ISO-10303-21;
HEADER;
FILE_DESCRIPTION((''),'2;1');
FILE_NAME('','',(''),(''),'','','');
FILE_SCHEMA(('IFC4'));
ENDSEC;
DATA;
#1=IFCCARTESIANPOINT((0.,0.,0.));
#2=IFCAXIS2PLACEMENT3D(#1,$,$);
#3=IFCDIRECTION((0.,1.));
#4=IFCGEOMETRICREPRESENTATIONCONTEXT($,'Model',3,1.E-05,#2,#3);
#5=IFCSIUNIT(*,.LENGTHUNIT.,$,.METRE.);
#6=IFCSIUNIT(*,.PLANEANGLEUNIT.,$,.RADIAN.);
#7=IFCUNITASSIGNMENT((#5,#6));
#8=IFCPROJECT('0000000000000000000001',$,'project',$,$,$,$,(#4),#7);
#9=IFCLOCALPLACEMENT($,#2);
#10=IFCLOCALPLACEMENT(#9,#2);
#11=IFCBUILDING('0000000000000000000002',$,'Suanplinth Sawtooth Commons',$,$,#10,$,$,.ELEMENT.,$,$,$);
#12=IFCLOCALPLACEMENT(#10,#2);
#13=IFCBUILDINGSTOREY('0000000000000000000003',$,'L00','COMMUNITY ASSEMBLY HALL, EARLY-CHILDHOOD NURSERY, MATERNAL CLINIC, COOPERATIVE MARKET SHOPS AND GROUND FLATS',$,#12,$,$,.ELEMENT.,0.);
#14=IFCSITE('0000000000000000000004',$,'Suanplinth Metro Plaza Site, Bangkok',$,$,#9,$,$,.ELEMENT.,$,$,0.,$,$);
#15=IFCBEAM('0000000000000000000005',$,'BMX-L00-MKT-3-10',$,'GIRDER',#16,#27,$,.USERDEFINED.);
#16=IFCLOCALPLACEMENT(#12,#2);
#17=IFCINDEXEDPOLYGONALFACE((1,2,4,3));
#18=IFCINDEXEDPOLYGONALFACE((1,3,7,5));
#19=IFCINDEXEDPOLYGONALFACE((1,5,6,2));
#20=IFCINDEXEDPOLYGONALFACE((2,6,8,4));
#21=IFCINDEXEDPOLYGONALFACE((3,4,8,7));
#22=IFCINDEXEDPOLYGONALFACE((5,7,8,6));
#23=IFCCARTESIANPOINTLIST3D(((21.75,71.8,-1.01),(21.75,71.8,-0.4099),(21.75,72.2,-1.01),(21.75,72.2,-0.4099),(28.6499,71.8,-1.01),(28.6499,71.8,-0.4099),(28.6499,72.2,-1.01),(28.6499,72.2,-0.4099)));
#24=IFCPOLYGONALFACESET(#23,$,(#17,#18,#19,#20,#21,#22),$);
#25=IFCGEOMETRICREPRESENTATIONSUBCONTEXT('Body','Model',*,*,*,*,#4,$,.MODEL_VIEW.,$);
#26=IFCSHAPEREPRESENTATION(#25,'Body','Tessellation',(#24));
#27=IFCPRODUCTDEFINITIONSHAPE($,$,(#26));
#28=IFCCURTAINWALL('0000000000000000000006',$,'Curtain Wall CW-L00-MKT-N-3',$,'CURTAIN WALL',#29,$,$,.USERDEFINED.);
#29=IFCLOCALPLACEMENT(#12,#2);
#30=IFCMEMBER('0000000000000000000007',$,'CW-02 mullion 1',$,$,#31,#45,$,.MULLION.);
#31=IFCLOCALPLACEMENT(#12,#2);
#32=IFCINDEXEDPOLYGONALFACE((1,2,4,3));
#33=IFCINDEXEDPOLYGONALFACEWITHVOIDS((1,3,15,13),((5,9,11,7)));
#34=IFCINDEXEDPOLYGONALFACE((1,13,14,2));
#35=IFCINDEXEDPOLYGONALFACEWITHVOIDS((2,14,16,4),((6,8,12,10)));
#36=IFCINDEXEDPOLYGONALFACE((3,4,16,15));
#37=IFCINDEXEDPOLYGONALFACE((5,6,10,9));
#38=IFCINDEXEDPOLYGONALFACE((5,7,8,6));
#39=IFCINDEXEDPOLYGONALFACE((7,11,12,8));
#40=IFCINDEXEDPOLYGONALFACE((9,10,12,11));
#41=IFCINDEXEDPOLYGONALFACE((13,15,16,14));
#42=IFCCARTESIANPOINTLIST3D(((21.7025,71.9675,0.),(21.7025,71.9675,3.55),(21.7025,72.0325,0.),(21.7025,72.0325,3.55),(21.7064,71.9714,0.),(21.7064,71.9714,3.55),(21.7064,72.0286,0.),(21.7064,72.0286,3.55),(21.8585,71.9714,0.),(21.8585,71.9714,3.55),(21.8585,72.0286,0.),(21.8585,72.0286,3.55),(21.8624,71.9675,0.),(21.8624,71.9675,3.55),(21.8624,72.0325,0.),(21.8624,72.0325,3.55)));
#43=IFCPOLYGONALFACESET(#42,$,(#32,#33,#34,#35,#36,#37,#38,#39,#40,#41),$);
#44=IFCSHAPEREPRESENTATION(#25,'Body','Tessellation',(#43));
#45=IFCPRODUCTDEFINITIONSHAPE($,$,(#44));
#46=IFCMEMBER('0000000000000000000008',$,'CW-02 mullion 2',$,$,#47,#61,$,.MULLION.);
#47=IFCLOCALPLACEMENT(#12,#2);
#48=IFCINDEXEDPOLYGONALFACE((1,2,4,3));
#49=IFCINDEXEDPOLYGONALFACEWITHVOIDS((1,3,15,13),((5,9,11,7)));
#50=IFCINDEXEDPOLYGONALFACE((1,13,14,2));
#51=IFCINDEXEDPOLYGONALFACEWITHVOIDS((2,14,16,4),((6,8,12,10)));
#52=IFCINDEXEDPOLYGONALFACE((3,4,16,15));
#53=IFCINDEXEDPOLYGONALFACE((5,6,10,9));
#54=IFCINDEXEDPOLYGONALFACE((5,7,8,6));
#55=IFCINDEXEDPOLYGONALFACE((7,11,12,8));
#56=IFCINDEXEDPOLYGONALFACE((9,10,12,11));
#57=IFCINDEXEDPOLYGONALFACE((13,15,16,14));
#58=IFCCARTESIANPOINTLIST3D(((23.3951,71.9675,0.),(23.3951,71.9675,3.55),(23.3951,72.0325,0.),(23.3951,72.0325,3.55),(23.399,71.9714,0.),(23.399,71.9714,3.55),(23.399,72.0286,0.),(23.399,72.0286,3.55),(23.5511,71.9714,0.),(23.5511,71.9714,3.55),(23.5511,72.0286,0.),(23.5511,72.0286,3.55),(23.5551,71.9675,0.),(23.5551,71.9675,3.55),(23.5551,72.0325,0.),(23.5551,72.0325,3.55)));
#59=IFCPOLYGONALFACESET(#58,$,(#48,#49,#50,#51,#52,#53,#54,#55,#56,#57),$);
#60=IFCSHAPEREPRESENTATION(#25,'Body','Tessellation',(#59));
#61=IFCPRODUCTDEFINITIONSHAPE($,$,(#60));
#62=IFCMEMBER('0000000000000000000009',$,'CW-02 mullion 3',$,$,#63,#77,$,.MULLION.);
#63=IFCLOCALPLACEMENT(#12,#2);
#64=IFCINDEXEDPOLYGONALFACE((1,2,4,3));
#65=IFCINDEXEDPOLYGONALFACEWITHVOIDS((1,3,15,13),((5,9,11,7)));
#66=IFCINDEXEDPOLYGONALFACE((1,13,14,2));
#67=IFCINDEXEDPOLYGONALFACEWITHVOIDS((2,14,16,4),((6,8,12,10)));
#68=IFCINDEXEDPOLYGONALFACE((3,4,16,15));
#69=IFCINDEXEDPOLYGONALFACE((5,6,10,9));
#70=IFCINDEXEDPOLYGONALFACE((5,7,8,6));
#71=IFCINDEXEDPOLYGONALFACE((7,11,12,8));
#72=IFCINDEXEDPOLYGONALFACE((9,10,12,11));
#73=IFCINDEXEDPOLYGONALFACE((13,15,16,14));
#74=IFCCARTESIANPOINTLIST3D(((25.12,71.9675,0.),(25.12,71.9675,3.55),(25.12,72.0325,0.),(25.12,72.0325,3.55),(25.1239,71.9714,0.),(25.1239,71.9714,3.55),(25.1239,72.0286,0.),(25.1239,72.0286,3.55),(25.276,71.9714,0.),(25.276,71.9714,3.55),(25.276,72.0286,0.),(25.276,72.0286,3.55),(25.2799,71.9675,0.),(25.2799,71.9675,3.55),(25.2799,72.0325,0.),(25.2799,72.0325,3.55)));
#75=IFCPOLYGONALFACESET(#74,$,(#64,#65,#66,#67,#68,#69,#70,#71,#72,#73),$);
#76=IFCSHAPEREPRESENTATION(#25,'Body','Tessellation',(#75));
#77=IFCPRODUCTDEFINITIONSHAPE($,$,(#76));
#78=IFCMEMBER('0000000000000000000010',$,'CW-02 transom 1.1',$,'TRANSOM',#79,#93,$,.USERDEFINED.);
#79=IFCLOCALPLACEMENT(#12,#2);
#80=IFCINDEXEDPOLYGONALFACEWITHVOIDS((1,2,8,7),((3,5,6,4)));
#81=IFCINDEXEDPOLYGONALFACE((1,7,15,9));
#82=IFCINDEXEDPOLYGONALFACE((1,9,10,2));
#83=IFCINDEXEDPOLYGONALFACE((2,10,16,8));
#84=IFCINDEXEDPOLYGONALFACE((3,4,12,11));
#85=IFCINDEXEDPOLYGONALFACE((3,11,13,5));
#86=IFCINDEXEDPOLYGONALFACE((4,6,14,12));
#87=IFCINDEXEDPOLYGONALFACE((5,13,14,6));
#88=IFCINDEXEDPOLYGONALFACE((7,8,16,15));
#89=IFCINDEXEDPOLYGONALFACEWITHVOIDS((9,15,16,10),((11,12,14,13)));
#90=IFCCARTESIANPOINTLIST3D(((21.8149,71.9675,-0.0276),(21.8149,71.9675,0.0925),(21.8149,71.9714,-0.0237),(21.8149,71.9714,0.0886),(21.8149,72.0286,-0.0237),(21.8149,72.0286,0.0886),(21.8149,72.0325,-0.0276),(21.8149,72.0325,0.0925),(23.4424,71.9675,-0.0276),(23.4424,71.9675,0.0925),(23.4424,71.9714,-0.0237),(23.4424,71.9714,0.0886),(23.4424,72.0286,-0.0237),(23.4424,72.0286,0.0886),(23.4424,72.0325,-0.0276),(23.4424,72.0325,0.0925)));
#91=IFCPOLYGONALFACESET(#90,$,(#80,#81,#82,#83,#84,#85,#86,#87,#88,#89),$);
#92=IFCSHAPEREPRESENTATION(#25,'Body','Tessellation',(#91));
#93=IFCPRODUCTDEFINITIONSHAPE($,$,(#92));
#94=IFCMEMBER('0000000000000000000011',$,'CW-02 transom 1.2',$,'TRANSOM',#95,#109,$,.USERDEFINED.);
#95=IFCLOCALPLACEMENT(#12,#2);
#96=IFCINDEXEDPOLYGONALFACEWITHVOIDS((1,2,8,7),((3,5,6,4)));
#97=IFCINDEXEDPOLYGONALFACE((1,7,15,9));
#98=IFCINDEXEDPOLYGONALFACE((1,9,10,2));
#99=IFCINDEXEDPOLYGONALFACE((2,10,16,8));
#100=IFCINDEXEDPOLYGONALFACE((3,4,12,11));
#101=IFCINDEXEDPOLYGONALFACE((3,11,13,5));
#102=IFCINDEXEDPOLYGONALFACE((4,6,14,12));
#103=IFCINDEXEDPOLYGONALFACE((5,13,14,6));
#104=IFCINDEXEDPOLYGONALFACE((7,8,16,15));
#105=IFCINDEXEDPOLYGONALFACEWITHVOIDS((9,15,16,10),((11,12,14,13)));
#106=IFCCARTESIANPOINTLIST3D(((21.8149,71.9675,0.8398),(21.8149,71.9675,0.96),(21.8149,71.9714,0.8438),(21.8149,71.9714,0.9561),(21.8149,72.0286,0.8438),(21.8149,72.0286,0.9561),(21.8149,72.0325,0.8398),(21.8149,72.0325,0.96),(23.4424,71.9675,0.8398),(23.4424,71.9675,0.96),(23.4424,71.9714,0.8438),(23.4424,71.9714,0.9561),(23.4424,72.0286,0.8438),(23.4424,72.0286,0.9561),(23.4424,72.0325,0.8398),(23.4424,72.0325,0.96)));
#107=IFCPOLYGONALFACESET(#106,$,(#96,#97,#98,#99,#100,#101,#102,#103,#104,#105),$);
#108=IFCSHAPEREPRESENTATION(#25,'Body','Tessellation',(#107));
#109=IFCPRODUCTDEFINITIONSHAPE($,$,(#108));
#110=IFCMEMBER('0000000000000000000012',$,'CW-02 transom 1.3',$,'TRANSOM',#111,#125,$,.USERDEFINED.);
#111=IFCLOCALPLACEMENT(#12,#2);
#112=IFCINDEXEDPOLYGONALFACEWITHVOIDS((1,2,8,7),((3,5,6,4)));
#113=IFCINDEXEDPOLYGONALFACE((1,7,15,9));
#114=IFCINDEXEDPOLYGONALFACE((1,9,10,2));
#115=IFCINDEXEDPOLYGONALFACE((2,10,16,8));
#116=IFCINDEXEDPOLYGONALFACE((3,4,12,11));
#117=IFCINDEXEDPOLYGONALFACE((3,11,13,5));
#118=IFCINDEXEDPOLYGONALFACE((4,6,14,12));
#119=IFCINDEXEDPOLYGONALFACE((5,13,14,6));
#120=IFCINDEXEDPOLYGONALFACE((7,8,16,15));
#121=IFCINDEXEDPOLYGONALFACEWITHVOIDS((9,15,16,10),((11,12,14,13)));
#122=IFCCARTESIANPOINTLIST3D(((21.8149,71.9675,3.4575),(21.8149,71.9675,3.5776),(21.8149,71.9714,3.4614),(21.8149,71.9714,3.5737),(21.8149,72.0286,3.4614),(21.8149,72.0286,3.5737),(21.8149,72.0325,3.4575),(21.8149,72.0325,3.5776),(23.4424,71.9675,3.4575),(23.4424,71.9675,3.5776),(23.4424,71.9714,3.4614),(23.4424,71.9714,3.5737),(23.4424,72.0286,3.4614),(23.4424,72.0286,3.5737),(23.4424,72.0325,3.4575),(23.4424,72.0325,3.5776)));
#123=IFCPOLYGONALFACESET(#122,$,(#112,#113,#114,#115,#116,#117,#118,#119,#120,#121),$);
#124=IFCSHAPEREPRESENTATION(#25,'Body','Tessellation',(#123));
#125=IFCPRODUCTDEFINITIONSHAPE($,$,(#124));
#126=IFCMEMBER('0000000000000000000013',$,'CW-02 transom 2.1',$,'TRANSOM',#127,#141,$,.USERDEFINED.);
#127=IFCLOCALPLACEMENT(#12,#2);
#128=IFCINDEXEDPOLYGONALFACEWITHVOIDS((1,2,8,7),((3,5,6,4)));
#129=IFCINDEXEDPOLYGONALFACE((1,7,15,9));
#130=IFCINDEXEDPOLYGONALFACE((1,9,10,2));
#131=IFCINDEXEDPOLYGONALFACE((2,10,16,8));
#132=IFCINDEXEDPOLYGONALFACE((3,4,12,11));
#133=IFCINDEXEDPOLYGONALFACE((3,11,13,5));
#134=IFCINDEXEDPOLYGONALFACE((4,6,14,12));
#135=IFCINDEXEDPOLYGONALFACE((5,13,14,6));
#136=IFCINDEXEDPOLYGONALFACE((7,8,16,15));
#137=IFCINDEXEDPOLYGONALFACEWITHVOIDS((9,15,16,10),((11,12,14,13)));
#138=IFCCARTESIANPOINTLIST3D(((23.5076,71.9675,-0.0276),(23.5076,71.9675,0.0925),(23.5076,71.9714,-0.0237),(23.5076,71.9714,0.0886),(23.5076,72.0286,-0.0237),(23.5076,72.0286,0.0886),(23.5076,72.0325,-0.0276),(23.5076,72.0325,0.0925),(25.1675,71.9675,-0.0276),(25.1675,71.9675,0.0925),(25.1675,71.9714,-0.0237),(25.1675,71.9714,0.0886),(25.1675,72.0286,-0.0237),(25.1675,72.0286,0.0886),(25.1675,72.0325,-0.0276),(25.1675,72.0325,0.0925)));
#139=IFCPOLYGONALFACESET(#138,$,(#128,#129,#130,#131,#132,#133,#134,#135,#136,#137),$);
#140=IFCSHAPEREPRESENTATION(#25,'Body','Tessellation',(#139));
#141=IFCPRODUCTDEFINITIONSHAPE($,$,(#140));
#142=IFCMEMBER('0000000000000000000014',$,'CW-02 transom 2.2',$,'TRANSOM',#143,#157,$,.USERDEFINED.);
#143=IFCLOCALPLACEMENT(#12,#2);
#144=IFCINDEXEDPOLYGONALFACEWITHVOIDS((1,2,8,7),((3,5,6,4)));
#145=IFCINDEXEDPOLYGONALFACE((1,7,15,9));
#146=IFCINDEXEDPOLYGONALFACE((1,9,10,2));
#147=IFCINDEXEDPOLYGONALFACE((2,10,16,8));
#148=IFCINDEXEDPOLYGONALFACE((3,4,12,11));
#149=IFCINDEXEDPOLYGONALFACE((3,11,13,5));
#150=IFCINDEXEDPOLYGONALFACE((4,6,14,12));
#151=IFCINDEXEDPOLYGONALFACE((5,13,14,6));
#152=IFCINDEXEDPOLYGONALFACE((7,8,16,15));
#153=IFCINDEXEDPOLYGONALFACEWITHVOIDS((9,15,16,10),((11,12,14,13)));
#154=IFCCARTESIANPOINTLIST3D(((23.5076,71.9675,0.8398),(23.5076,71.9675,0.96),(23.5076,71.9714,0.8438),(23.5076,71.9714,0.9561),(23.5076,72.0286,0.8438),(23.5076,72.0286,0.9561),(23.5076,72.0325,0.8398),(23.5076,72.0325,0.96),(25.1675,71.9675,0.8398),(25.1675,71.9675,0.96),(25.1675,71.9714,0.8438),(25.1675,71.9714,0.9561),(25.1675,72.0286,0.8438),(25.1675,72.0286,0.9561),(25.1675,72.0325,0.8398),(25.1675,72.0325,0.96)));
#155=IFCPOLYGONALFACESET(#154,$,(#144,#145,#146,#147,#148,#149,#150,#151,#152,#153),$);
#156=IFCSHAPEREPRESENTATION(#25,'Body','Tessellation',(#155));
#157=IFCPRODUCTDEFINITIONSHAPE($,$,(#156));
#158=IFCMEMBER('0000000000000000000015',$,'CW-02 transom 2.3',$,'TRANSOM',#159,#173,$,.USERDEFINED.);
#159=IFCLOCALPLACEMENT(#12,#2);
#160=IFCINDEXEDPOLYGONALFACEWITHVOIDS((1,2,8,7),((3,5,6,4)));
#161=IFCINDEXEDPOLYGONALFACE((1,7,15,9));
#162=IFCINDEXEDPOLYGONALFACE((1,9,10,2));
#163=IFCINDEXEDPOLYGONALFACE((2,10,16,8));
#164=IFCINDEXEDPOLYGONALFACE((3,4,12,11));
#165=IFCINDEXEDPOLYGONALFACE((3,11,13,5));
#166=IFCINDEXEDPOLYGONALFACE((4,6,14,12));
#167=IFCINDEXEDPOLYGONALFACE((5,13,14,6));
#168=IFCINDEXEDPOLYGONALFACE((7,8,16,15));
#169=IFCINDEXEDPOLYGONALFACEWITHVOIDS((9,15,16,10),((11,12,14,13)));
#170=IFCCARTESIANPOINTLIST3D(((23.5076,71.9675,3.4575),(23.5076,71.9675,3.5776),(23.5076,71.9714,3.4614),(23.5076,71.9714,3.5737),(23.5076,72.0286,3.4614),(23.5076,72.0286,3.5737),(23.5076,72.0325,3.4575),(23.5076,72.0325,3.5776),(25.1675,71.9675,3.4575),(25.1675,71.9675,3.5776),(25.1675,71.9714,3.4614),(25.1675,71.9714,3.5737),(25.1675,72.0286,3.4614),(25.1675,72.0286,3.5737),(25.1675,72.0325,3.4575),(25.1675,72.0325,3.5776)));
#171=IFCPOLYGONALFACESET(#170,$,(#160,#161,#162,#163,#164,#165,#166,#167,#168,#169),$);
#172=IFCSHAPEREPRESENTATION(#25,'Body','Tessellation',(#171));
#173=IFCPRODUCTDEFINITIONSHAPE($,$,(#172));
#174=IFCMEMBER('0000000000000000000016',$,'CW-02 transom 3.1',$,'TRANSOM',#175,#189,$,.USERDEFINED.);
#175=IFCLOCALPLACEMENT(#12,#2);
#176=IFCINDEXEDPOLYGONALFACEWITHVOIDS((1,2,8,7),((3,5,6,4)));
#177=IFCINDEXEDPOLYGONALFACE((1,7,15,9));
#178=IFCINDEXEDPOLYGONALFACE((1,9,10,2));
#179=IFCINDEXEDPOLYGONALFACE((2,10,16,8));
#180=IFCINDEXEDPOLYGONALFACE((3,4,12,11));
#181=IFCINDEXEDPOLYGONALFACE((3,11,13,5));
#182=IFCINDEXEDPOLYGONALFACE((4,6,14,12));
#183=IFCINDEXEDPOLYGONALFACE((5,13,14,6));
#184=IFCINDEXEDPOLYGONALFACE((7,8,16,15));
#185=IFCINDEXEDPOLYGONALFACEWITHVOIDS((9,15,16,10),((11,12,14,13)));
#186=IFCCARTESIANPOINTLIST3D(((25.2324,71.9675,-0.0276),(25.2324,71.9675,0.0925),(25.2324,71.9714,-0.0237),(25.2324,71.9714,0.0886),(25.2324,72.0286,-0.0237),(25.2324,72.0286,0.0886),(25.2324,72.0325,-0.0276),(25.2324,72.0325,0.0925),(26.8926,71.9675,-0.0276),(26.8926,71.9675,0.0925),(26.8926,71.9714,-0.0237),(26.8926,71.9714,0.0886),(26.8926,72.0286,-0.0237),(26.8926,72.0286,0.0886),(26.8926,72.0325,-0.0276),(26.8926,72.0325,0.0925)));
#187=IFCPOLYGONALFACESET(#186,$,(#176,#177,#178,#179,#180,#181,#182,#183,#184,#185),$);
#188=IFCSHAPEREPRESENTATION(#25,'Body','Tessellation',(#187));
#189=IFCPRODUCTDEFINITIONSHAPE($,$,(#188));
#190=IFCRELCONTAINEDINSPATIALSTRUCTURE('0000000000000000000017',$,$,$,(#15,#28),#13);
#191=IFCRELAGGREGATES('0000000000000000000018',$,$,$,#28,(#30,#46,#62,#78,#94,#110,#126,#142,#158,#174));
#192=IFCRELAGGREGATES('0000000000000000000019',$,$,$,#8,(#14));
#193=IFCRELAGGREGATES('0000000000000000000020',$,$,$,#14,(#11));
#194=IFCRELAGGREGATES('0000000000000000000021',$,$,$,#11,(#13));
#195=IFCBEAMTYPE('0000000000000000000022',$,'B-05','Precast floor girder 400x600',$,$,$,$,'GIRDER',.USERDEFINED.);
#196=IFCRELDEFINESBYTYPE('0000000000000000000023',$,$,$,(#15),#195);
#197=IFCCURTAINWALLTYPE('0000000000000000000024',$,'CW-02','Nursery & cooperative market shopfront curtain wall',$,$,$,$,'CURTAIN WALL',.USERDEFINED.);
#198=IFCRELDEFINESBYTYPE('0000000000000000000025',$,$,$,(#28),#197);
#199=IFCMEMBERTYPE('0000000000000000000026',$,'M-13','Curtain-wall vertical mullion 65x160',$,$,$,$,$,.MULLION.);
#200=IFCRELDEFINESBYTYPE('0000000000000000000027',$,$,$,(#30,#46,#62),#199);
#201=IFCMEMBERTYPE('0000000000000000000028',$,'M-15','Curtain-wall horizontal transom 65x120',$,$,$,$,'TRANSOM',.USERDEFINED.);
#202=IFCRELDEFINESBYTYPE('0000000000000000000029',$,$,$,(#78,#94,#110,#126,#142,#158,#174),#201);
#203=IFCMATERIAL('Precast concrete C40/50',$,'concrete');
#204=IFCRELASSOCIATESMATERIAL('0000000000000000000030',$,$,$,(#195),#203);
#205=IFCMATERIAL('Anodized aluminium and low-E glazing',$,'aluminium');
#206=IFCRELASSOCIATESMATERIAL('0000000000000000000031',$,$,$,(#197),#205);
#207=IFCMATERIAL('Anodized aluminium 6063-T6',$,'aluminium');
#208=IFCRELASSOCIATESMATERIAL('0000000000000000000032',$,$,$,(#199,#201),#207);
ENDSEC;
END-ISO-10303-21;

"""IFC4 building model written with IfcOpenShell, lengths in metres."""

from ifc_helpers import new_model, si_unit, direction, frame, origin, origin_2d, place, context, subcontext, project, spatial, rectangle, hollow_rectangle, extrude, material, material_profile, profile_set, type_object, element, aggregate, save


model = new_model("IFC4")

# Units and contexts
model_context = context("Model", 3, precision=1e-05, world=origin(), true_north=direction((0.0, 1.0)))
body_context = subcontext(model_context, "Body", "Model", "MODEL_VIEW")
ifc_project = project(units=[si_unit("LENGTHUNIT", "METRE"), si_unit("PLANEANGLEUNIT", "RADIAN")], contexts=[model_context])

# Site, building, storey
site_placement = place(None, origin())
site = spatial("IfcSite", under=ifc_project, at=site_placement, Name="Suanplinth Metro Plaza Site, Bangkok", CompositionType="ELEMENT", RefElevation=0.0)
building_placement = place(site_placement, origin())
building = spatial("IfcBuilding", under=site, at=building_placement, Name="Suanplinth Sawtooth Commons", CompositionType="ELEMENT")
storey_placement = place(building_placement, origin())
storey = spatial("IfcBuildingStorey", under=building, at=storey_placement, Name="L00", Description="COMMUNITY ASSEMBLY HALL, EARLY-CHILDHOOD NURSERY, MATERNAL CLINIC, COOPERATIVE MARKET SHOPS AND GROUND FLATS", CompositionType="ELEMENT", Elevation=0.0)

# Beam
ifc_material_1 = material(Name="Precast concrete C40/50", Category="concrete")
ifc_material_profile_1 = material_profile(ifc_material_1, rectangle(XDim=0.3999, YDim=0.6001, at=origin_2d()), Name="PC-GDR 400x600")
ifc_profile_set_1 = profile_set([ifc_material_profile_1], Name="Precast concrete C40/50")
beam_type = type_object("IfcBeamType", Name="B-05", Description="Precast floor girder 400x600", ElementType="GIRDER", PredefinedType="USERDEFINED", material=ifc_profile_set_1)
beam_placement = place(storey_placement, frame((21.75, 72.0, -0.71), z_axis=(1.0, 0.0, 0.0), x_axis=(0.0, 1.0, 0.0)))
element("IfcBeam", 1, at=beam_placement, inside=storey, type_object=beam_type, Name="BMX-L00-MKT-3-10", ObjectType="GIRDER", PredefinedType="USERDEFINED", context=body_context, shape_type="SweptSolid", body=[
    extrude(rectangle(XDim=0.3999, YDim=0.6001, at=origin_2d()), origin(), (0.0, 0.0, 1.0), 6.8999),
])

# Curtain wall, members
ifc_material_2 = material(Name="Anodized aluminium and low-E glazing", Category="aluminium")
curtain_wall_type = type_object("IfcCurtainWallType", Name="CW-02", Description="Nursery & cooperative market shopfront curtain wall", ElementType="CURTAIN WALL", PredefinedType="USERDEFINED", material=ifc_material_2)
curtain_wall_placement = place(storey_placement, origin())
curtain_wall = element("IfcCurtainWall", 2, at=curtain_wall_placement, inside=storey, type_object=curtain_wall_type, Name="Curtain Wall CW-L00-MKT-N-3", ObjectType="CURTAIN WALL", PredefinedType="USERDEFINED")
ifc_material_3 = material(Name="Anodized aluminium 6063-T6", Category="aluminium")
ifc_material_profile_2 = material_profile(ifc_material_3, hollow_rectangle(XDim=0.0649, YDim=0.1599, WallThickness=0.0039, at=origin_2d()), Name="ALU-MUL 65x160")
ifc_profile_set_2 = profile_set([ifc_material_profile_2], Name="Anodized aluminium 6063-T6")
member_type_1 = type_object("IfcMemberType", Name="M-13", Description="Curtain-wall vertical mullion 65x160", PredefinedType="MULLION", material=ifc_profile_set_2)
member_1_placement = place(storey_placement, frame((21.7825, 72.0, 0.0), z_axis=(0.0, 0.0, 1.0), x_axis=(0.0, 1.0, 0.0)))
member_1 = element("IfcMember", 3, at=member_1_placement, type_object=member_type_1, Name="CW-02 mullion 1", PredefinedType="MULLION", context=body_context, shape_type="SweptSolid", body=[
    extrude(hollow_rectangle(XDim=0.0649, YDim=0.1599, WallThickness=0.0039, at=origin_2d()), origin(), (0.0, 0.0, 1.0), 3.55),
])
member_2_placement = place(storey_placement, frame((23.4751, 72.0, 0.0), z_axis=(0.0, 0.0, 1.0), x_axis=(0.0, 1.0, 0.0)))
member_2 = element("IfcMember", 4, at=member_2_placement, type_object=member_type_1, Name="CW-02 mullion 2", PredefinedType="MULLION", context=body_context, shape_type="SweptSolid", body=[
    extrude(hollow_rectangle(XDim=0.0649, YDim=0.1599, WallThickness=0.0039, at=origin_2d()), origin(), (0.0, 0.0, 1.0), 3.55),
])
member_3_placement = place(storey_placement, frame((25.2, 72.0, 0.0), z_axis=(0.0, 0.0, 1.0), x_axis=(0.0, 1.0, 0.0)))
member_3 = element("IfcMember", 5, at=member_3_placement, type_object=member_type_1, Name="CW-02 mullion 3", PredefinedType="MULLION", context=body_context, shape_type="SweptSolid", body=[
    extrude(hollow_rectangle(XDim=0.0649, YDim=0.1599, WallThickness=0.0039, at=origin_2d()), origin(), (0.0, 0.0, 1.0), 3.55),
])
ifc_material_profile_3 = material_profile(ifc_material_3, hollow_rectangle(XDim=0.0649, YDim=0.1201, WallThickness=0.0039, at=origin_2d()), Name="ALU-TRN 65x120")
ifc_profile_set_3 = profile_set([ifc_material_profile_3], Name="Anodized aluminium 6063-T6")
member_type_2 = type_object("IfcMemberType", Name="M-15", Description="Curtain-wall horizontal transom 65x120", ElementType="TRANSOM", PredefinedType="USERDEFINED", material=ifc_profile_set_3)
member_4_placement = place(storey_placement, frame((21.8149, 72.0, 0.0325), z_axis=(1.0, 0.0, 0.0), x_axis=(0.0, 1.0, 0.0)))
member_4 = element("IfcMember", 6, at=member_4_placement, type_object=member_type_2, Name="CW-02 transom 1.1", ObjectType="TRANSOM", PredefinedType="USERDEFINED", context=body_context, shape_type="SweptSolid", body=[
    extrude(hollow_rectangle(XDim=0.0649, YDim=0.1201, WallThickness=0.0039, at=origin_2d()), origin(), (0.0, 0.0, 1.0), 1.6274),
])
member_5_placement = place(storey_placement, frame((21.8149, 72.0, 0.8999), z_axis=(1.0, 0.0, 0.0), x_axis=(0.0, 1.0, 0.0)))
member_5 = element("IfcMember", 7, at=member_5_placement, type_object=member_type_2, Name="CW-02 transom 1.2", ObjectType="TRANSOM", PredefinedType="USERDEFINED", context=body_context, shape_type="SweptSolid", body=[
    extrude(hollow_rectangle(XDim=0.0649, YDim=0.1201, WallThickness=0.0039, at=origin_2d()), origin(), (0.0, 0.0, 1.0), 1.6274),
])
member_6_placement = place(storey_placement, frame((21.8149, 72.0, 3.5176), z_axis=(1.0, 0.0, 0.0), x_axis=(0.0, 1.0, 0.0)))
member_6 = element("IfcMember", 8, at=member_6_placement, type_object=member_type_2, Name="CW-02 transom 1.3", ObjectType="TRANSOM", PredefinedType="USERDEFINED", context=body_context, shape_type="SweptSolid", body=[
    extrude(hollow_rectangle(XDim=0.0649, YDim=0.1201, WallThickness=0.0039, at=origin_2d()), origin(), (0.0, 0.0, 1.0), 1.6274),
])
member_7_placement = place(storey_placement, frame((23.5076, 72.0, 0.0325), z_axis=(1.0, 0.0, 0.0), x_axis=(0.0, 1.0, 0.0)))
member_7 = element("IfcMember", 9, at=member_7_placement, type_object=member_type_2, Name="CW-02 transom 2.1", ObjectType="TRANSOM", PredefinedType="USERDEFINED", context=body_context, shape_type="SweptSolid", body=[
    extrude(hollow_rectangle(XDim=0.0649, YDim=0.1201, WallThickness=0.0039, at=origin_2d()), origin(), (0.0, 0.0, 1.0), 1.6599),
])
member_8_placement = place(storey_placement, frame((23.5076, 72.0, 0.8999), z_axis=(1.0, 0.0, 0.0), x_axis=(0.0, 1.0, 0.0)))
member_8 = element("IfcMember", 10, at=member_8_placement, type_object=member_type_2, Name="CW-02 transom 2.2", ObjectType="TRANSOM", PredefinedType="USERDEFINED", context=body_context, shape_type="SweptSolid", body=[
    extrude(hollow_rectangle(XDim=0.0649, YDim=0.1201, WallThickness=0.0039, at=origin_2d()), origin(), (0.0, 0.0, 1.0), 1.6599),
])
member_9_placement = place(storey_placement, frame((23.5076, 72.0, 3.5176), z_axis=(1.0, 0.0, 0.0), x_axis=(0.0, 1.0, 0.0)))
member_9 = element("IfcMember", 11, at=member_9_placement, type_object=member_type_2, Name="CW-02 transom 2.3", ObjectType="TRANSOM", PredefinedType="USERDEFINED", context=body_context, shape_type="SweptSolid", body=[
    extrude(hollow_rectangle(XDim=0.0649, YDim=0.1201, WallThickness=0.0039, at=origin_2d()), origin(), (0.0, 0.0, 1.0), 1.6599),
])
member_10_placement = place(storey_placement, frame((25.2324, 72.0, 0.0325), z_axis=(1.0, 0.0, 0.0), x_axis=(0.0, 1.0, 0.0)))
member_10 = element("IfcMember", 12, at=member_10_placement, type_object=member_type_2, Name="CW-02 transom 3.1", ObjectType="TRANSOM", PredefinedType="USERDEFINED", context=body_context, shape_type="SweptSolid", body=[
    extrude(hollow_rectangle(XDim=0.0649, YDim=0.1201, WallThickness=0.0039, at=origin_2d()), origin(), (0.0, 0.0, 1.0), 1.6602),
])
aggregate(curtain_wall, [member_1, member_2, member_3, member_4, member_5, member_6, member_7, member_8, member_9, member_10])

save(model, "model.ifc")
